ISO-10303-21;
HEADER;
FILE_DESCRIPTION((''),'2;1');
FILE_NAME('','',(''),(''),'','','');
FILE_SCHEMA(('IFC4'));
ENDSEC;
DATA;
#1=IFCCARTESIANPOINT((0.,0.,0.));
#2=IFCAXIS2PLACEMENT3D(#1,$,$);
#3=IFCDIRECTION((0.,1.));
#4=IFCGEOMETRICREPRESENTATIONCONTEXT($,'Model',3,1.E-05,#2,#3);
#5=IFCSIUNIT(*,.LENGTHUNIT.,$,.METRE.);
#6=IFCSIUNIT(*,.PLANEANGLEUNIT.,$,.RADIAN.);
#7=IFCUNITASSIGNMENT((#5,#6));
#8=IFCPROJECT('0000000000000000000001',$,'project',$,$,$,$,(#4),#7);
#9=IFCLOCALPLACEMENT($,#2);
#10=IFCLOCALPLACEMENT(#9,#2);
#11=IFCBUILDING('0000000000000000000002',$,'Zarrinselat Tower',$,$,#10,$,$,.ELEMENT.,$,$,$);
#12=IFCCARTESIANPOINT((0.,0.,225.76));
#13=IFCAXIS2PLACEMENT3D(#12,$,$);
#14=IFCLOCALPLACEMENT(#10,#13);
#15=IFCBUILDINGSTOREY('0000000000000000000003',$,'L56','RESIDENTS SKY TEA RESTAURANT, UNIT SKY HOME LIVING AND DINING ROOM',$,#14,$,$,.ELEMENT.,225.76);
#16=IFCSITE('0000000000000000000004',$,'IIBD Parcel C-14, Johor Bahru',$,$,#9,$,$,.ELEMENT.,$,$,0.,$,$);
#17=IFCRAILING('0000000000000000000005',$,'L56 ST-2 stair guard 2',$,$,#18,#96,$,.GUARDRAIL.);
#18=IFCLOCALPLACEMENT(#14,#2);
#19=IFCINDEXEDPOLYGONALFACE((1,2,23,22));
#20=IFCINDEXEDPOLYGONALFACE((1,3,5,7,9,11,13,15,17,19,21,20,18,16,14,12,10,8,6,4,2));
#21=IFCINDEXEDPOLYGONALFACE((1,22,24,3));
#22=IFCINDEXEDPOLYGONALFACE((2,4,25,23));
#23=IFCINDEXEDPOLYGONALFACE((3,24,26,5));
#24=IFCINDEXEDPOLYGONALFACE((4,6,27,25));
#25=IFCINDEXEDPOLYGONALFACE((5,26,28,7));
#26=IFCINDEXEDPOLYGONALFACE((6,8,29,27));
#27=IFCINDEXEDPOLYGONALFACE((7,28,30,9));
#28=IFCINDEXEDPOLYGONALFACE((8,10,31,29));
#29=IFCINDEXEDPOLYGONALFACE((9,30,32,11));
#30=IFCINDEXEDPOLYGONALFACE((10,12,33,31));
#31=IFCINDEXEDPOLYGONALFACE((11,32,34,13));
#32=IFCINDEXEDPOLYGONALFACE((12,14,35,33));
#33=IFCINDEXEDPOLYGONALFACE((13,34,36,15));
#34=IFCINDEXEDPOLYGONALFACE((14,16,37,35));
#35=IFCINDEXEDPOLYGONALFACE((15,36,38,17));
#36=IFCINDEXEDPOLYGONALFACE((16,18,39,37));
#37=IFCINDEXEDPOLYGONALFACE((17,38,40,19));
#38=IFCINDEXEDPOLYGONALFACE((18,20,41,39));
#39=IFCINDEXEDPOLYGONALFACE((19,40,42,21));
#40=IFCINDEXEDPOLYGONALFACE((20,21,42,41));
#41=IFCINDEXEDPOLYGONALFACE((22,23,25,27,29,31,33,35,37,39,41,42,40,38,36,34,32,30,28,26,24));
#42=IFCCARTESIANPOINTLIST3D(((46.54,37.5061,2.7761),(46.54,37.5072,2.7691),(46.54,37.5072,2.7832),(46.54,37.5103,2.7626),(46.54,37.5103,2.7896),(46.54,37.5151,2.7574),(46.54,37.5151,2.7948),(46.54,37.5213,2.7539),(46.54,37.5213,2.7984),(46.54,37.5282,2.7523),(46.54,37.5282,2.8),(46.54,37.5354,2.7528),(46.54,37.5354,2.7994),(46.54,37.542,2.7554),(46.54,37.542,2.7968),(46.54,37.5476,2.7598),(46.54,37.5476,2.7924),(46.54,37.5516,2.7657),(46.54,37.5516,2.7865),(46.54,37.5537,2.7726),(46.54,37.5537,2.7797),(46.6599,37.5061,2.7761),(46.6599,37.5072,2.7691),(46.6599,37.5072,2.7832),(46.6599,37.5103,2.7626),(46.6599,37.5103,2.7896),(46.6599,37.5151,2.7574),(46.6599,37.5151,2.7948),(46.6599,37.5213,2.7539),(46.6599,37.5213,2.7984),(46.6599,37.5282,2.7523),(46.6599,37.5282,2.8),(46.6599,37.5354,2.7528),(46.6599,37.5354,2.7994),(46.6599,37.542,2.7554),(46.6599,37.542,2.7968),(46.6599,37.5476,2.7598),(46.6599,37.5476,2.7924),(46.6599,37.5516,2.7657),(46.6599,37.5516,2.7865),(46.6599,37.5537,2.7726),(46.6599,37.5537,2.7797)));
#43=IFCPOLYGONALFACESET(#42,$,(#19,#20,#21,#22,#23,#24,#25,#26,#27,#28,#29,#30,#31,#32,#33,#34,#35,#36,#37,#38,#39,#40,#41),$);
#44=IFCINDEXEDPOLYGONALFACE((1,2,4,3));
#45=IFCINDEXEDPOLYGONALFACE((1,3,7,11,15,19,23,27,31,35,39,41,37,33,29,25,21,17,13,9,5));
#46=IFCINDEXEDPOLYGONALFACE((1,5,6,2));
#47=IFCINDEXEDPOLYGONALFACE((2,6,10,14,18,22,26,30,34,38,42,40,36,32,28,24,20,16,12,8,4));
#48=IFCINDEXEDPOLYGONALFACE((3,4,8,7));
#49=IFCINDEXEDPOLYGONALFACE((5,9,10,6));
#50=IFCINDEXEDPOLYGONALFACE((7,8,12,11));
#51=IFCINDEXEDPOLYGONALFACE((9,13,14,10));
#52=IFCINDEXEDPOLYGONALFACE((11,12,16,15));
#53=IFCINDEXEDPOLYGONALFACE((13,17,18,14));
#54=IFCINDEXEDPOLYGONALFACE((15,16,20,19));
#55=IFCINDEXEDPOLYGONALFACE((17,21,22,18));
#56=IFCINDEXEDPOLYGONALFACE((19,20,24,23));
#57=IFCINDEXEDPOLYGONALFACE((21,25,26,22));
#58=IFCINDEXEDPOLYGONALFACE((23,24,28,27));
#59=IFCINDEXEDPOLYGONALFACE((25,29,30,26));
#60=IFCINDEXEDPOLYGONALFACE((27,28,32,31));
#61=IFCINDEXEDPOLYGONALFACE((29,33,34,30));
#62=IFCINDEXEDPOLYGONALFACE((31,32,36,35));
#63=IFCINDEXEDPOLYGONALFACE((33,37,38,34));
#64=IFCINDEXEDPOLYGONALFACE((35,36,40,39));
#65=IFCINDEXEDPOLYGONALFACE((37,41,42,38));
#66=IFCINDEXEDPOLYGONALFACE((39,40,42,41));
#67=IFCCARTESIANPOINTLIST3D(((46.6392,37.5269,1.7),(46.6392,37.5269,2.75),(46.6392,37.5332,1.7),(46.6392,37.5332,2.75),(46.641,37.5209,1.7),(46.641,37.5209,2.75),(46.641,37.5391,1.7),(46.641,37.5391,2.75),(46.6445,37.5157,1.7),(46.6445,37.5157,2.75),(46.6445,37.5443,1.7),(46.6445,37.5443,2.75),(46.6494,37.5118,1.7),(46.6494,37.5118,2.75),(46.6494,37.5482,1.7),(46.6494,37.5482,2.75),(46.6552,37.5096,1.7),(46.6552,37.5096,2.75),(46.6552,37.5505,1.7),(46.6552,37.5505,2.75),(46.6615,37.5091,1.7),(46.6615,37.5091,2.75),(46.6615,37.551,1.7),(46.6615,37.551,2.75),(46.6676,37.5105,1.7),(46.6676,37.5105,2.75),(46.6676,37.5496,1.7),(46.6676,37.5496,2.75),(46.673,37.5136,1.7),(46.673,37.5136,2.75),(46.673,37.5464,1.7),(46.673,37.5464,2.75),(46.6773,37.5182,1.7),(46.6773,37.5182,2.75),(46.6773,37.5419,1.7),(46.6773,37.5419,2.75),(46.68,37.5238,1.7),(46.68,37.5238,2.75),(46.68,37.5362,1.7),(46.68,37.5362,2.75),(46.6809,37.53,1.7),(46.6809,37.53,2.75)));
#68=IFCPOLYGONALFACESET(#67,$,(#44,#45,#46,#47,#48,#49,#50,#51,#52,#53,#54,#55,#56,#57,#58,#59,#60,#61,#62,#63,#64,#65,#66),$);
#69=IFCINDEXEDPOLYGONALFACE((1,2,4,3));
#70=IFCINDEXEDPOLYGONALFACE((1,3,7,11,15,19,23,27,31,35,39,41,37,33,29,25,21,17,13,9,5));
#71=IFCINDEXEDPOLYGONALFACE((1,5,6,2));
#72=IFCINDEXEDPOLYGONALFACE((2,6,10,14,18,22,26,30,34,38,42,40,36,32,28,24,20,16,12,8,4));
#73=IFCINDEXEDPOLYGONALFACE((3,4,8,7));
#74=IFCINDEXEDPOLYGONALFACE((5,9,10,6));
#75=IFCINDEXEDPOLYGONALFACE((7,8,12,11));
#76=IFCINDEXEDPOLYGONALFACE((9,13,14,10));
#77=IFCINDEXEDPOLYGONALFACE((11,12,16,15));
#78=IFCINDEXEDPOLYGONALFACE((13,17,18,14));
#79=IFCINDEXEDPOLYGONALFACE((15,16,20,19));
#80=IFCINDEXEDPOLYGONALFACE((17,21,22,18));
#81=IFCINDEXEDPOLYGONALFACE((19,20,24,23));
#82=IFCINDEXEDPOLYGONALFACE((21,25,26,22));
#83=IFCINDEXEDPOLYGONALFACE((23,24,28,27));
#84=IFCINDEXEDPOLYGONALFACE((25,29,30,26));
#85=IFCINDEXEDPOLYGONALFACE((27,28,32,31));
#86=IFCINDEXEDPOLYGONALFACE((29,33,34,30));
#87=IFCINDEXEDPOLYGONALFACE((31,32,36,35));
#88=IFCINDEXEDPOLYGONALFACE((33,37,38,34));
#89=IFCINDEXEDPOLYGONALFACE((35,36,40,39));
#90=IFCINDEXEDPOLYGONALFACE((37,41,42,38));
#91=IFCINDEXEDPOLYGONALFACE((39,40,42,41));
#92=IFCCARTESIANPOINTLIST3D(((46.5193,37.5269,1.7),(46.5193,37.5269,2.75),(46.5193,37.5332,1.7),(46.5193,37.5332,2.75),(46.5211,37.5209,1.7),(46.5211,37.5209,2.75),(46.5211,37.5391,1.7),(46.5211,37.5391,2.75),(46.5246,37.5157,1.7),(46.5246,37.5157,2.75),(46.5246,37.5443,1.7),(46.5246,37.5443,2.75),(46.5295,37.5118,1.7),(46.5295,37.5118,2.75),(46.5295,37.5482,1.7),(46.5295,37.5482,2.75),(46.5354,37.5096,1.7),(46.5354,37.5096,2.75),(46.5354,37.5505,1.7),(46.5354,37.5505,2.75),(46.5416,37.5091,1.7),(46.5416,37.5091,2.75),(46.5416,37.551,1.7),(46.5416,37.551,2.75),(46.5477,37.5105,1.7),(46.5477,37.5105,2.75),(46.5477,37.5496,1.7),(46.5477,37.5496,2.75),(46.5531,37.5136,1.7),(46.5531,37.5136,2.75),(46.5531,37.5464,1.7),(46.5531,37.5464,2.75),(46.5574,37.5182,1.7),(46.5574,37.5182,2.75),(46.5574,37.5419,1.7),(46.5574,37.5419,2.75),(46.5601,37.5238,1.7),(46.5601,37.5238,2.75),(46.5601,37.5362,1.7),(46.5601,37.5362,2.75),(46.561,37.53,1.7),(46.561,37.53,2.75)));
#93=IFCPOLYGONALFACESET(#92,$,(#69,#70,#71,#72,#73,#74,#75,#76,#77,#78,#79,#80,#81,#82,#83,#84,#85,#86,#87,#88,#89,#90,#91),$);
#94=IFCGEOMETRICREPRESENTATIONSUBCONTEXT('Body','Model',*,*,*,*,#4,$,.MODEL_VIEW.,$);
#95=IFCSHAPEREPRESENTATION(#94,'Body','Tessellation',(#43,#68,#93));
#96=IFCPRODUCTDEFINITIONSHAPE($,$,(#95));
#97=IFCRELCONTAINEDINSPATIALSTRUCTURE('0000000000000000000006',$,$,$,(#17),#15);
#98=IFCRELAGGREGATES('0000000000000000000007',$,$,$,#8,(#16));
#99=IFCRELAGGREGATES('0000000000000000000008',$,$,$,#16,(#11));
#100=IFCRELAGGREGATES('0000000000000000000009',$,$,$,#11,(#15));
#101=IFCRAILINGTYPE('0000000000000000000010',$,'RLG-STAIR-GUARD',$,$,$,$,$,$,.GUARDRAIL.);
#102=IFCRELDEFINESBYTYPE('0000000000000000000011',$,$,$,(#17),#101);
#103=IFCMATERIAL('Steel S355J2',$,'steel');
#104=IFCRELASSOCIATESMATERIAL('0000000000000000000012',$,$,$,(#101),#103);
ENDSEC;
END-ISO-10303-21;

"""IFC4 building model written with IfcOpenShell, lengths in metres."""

from ifc_helpers import new_model, si_unit, direction, frame, origin, origin_2d, place, context, subcontext, project, spatial, circle, extrude, material, type_object, element, save


model = new_model("IFC4")

# Units and contexts
model_context = context("Model", 3, precision=1e-05, world=origin(), true_north=direction((0.0, 1.0)))
body_context = subcontext(model_context, "Body", "Model", "MODEL_VIEW")
ifc_project = project(units=[si_unit("LENGTHUNIT", "METRE"), si_unit("PLANEANGLEUNIT", "RADIAN")], contexts=[model_context])

# Site, building, storey
site_placement = place(None, origin())
site = spatial("IfcSite", under=ifc_project, at=site_placement, Name="IIBD Parcel C-14, Johor Bahru", CompositionType="ELEMENT", RefElevation=0.0)
building_placement = place(site_placement, origin())
building = spatial("IfcBuilding", under=site, at=building_placement, Name="Zarrinselat Tower", CompositionType="ELEMENT")
storey_placement = place(building_placement, frame((0.0, 0.0, 225.76)))
storey = spatial("IfcBuildingStorey", under=building, at=storey_placement, Name="L56", Description="RESIDENTS SKY TEA RESTAURANT, UNIT SKY HOME LIVING AND DINING ROOM", CompositionType="ELEMENT", Elevation=225.76)

# Railing
ifc_material_1 = material(Name="Steel S355J2", Category="steel")
railing_type_1 = type_object("IfcRailingType", Name="RLG-STAIR-GUARD", PredefinedType="GUARDRAIL", material=ifc_material_1)
railing_1_placement = place(storey_placement, frame((46.6599, 37.53, 1.7)))
element("IfcRailing", 1, at=railing_1_placement, inside=storey, type_object=railing_type_1, Name="L56 ST-2 stair guard 2", PredefinedType="GUARDRAIL", context=body_context, shape_type="SweptSolid", body=[
    extrude(circle(Radius=0.0239, at=origin_2d()), frame((0.0, 0.0, 1.0762), z_axis=(-1.0, 0.0, 0.0), x_axis=(0.0, -1.0, 0.0)), (0.0, 0.0, 1.0), 0.1199),
    extrude(circle(Radius=0.021, at=origin_2d()), origin(), (0.0, 0.0, 1.0), 1.05),
    extrude(circle(Radius=0.021, at=origin_2d()), frame((-0.1199, 0.0, 0.0)), (0.0, 0.0, 1.0), 1.05),
])

save(model, "model.ifc")
